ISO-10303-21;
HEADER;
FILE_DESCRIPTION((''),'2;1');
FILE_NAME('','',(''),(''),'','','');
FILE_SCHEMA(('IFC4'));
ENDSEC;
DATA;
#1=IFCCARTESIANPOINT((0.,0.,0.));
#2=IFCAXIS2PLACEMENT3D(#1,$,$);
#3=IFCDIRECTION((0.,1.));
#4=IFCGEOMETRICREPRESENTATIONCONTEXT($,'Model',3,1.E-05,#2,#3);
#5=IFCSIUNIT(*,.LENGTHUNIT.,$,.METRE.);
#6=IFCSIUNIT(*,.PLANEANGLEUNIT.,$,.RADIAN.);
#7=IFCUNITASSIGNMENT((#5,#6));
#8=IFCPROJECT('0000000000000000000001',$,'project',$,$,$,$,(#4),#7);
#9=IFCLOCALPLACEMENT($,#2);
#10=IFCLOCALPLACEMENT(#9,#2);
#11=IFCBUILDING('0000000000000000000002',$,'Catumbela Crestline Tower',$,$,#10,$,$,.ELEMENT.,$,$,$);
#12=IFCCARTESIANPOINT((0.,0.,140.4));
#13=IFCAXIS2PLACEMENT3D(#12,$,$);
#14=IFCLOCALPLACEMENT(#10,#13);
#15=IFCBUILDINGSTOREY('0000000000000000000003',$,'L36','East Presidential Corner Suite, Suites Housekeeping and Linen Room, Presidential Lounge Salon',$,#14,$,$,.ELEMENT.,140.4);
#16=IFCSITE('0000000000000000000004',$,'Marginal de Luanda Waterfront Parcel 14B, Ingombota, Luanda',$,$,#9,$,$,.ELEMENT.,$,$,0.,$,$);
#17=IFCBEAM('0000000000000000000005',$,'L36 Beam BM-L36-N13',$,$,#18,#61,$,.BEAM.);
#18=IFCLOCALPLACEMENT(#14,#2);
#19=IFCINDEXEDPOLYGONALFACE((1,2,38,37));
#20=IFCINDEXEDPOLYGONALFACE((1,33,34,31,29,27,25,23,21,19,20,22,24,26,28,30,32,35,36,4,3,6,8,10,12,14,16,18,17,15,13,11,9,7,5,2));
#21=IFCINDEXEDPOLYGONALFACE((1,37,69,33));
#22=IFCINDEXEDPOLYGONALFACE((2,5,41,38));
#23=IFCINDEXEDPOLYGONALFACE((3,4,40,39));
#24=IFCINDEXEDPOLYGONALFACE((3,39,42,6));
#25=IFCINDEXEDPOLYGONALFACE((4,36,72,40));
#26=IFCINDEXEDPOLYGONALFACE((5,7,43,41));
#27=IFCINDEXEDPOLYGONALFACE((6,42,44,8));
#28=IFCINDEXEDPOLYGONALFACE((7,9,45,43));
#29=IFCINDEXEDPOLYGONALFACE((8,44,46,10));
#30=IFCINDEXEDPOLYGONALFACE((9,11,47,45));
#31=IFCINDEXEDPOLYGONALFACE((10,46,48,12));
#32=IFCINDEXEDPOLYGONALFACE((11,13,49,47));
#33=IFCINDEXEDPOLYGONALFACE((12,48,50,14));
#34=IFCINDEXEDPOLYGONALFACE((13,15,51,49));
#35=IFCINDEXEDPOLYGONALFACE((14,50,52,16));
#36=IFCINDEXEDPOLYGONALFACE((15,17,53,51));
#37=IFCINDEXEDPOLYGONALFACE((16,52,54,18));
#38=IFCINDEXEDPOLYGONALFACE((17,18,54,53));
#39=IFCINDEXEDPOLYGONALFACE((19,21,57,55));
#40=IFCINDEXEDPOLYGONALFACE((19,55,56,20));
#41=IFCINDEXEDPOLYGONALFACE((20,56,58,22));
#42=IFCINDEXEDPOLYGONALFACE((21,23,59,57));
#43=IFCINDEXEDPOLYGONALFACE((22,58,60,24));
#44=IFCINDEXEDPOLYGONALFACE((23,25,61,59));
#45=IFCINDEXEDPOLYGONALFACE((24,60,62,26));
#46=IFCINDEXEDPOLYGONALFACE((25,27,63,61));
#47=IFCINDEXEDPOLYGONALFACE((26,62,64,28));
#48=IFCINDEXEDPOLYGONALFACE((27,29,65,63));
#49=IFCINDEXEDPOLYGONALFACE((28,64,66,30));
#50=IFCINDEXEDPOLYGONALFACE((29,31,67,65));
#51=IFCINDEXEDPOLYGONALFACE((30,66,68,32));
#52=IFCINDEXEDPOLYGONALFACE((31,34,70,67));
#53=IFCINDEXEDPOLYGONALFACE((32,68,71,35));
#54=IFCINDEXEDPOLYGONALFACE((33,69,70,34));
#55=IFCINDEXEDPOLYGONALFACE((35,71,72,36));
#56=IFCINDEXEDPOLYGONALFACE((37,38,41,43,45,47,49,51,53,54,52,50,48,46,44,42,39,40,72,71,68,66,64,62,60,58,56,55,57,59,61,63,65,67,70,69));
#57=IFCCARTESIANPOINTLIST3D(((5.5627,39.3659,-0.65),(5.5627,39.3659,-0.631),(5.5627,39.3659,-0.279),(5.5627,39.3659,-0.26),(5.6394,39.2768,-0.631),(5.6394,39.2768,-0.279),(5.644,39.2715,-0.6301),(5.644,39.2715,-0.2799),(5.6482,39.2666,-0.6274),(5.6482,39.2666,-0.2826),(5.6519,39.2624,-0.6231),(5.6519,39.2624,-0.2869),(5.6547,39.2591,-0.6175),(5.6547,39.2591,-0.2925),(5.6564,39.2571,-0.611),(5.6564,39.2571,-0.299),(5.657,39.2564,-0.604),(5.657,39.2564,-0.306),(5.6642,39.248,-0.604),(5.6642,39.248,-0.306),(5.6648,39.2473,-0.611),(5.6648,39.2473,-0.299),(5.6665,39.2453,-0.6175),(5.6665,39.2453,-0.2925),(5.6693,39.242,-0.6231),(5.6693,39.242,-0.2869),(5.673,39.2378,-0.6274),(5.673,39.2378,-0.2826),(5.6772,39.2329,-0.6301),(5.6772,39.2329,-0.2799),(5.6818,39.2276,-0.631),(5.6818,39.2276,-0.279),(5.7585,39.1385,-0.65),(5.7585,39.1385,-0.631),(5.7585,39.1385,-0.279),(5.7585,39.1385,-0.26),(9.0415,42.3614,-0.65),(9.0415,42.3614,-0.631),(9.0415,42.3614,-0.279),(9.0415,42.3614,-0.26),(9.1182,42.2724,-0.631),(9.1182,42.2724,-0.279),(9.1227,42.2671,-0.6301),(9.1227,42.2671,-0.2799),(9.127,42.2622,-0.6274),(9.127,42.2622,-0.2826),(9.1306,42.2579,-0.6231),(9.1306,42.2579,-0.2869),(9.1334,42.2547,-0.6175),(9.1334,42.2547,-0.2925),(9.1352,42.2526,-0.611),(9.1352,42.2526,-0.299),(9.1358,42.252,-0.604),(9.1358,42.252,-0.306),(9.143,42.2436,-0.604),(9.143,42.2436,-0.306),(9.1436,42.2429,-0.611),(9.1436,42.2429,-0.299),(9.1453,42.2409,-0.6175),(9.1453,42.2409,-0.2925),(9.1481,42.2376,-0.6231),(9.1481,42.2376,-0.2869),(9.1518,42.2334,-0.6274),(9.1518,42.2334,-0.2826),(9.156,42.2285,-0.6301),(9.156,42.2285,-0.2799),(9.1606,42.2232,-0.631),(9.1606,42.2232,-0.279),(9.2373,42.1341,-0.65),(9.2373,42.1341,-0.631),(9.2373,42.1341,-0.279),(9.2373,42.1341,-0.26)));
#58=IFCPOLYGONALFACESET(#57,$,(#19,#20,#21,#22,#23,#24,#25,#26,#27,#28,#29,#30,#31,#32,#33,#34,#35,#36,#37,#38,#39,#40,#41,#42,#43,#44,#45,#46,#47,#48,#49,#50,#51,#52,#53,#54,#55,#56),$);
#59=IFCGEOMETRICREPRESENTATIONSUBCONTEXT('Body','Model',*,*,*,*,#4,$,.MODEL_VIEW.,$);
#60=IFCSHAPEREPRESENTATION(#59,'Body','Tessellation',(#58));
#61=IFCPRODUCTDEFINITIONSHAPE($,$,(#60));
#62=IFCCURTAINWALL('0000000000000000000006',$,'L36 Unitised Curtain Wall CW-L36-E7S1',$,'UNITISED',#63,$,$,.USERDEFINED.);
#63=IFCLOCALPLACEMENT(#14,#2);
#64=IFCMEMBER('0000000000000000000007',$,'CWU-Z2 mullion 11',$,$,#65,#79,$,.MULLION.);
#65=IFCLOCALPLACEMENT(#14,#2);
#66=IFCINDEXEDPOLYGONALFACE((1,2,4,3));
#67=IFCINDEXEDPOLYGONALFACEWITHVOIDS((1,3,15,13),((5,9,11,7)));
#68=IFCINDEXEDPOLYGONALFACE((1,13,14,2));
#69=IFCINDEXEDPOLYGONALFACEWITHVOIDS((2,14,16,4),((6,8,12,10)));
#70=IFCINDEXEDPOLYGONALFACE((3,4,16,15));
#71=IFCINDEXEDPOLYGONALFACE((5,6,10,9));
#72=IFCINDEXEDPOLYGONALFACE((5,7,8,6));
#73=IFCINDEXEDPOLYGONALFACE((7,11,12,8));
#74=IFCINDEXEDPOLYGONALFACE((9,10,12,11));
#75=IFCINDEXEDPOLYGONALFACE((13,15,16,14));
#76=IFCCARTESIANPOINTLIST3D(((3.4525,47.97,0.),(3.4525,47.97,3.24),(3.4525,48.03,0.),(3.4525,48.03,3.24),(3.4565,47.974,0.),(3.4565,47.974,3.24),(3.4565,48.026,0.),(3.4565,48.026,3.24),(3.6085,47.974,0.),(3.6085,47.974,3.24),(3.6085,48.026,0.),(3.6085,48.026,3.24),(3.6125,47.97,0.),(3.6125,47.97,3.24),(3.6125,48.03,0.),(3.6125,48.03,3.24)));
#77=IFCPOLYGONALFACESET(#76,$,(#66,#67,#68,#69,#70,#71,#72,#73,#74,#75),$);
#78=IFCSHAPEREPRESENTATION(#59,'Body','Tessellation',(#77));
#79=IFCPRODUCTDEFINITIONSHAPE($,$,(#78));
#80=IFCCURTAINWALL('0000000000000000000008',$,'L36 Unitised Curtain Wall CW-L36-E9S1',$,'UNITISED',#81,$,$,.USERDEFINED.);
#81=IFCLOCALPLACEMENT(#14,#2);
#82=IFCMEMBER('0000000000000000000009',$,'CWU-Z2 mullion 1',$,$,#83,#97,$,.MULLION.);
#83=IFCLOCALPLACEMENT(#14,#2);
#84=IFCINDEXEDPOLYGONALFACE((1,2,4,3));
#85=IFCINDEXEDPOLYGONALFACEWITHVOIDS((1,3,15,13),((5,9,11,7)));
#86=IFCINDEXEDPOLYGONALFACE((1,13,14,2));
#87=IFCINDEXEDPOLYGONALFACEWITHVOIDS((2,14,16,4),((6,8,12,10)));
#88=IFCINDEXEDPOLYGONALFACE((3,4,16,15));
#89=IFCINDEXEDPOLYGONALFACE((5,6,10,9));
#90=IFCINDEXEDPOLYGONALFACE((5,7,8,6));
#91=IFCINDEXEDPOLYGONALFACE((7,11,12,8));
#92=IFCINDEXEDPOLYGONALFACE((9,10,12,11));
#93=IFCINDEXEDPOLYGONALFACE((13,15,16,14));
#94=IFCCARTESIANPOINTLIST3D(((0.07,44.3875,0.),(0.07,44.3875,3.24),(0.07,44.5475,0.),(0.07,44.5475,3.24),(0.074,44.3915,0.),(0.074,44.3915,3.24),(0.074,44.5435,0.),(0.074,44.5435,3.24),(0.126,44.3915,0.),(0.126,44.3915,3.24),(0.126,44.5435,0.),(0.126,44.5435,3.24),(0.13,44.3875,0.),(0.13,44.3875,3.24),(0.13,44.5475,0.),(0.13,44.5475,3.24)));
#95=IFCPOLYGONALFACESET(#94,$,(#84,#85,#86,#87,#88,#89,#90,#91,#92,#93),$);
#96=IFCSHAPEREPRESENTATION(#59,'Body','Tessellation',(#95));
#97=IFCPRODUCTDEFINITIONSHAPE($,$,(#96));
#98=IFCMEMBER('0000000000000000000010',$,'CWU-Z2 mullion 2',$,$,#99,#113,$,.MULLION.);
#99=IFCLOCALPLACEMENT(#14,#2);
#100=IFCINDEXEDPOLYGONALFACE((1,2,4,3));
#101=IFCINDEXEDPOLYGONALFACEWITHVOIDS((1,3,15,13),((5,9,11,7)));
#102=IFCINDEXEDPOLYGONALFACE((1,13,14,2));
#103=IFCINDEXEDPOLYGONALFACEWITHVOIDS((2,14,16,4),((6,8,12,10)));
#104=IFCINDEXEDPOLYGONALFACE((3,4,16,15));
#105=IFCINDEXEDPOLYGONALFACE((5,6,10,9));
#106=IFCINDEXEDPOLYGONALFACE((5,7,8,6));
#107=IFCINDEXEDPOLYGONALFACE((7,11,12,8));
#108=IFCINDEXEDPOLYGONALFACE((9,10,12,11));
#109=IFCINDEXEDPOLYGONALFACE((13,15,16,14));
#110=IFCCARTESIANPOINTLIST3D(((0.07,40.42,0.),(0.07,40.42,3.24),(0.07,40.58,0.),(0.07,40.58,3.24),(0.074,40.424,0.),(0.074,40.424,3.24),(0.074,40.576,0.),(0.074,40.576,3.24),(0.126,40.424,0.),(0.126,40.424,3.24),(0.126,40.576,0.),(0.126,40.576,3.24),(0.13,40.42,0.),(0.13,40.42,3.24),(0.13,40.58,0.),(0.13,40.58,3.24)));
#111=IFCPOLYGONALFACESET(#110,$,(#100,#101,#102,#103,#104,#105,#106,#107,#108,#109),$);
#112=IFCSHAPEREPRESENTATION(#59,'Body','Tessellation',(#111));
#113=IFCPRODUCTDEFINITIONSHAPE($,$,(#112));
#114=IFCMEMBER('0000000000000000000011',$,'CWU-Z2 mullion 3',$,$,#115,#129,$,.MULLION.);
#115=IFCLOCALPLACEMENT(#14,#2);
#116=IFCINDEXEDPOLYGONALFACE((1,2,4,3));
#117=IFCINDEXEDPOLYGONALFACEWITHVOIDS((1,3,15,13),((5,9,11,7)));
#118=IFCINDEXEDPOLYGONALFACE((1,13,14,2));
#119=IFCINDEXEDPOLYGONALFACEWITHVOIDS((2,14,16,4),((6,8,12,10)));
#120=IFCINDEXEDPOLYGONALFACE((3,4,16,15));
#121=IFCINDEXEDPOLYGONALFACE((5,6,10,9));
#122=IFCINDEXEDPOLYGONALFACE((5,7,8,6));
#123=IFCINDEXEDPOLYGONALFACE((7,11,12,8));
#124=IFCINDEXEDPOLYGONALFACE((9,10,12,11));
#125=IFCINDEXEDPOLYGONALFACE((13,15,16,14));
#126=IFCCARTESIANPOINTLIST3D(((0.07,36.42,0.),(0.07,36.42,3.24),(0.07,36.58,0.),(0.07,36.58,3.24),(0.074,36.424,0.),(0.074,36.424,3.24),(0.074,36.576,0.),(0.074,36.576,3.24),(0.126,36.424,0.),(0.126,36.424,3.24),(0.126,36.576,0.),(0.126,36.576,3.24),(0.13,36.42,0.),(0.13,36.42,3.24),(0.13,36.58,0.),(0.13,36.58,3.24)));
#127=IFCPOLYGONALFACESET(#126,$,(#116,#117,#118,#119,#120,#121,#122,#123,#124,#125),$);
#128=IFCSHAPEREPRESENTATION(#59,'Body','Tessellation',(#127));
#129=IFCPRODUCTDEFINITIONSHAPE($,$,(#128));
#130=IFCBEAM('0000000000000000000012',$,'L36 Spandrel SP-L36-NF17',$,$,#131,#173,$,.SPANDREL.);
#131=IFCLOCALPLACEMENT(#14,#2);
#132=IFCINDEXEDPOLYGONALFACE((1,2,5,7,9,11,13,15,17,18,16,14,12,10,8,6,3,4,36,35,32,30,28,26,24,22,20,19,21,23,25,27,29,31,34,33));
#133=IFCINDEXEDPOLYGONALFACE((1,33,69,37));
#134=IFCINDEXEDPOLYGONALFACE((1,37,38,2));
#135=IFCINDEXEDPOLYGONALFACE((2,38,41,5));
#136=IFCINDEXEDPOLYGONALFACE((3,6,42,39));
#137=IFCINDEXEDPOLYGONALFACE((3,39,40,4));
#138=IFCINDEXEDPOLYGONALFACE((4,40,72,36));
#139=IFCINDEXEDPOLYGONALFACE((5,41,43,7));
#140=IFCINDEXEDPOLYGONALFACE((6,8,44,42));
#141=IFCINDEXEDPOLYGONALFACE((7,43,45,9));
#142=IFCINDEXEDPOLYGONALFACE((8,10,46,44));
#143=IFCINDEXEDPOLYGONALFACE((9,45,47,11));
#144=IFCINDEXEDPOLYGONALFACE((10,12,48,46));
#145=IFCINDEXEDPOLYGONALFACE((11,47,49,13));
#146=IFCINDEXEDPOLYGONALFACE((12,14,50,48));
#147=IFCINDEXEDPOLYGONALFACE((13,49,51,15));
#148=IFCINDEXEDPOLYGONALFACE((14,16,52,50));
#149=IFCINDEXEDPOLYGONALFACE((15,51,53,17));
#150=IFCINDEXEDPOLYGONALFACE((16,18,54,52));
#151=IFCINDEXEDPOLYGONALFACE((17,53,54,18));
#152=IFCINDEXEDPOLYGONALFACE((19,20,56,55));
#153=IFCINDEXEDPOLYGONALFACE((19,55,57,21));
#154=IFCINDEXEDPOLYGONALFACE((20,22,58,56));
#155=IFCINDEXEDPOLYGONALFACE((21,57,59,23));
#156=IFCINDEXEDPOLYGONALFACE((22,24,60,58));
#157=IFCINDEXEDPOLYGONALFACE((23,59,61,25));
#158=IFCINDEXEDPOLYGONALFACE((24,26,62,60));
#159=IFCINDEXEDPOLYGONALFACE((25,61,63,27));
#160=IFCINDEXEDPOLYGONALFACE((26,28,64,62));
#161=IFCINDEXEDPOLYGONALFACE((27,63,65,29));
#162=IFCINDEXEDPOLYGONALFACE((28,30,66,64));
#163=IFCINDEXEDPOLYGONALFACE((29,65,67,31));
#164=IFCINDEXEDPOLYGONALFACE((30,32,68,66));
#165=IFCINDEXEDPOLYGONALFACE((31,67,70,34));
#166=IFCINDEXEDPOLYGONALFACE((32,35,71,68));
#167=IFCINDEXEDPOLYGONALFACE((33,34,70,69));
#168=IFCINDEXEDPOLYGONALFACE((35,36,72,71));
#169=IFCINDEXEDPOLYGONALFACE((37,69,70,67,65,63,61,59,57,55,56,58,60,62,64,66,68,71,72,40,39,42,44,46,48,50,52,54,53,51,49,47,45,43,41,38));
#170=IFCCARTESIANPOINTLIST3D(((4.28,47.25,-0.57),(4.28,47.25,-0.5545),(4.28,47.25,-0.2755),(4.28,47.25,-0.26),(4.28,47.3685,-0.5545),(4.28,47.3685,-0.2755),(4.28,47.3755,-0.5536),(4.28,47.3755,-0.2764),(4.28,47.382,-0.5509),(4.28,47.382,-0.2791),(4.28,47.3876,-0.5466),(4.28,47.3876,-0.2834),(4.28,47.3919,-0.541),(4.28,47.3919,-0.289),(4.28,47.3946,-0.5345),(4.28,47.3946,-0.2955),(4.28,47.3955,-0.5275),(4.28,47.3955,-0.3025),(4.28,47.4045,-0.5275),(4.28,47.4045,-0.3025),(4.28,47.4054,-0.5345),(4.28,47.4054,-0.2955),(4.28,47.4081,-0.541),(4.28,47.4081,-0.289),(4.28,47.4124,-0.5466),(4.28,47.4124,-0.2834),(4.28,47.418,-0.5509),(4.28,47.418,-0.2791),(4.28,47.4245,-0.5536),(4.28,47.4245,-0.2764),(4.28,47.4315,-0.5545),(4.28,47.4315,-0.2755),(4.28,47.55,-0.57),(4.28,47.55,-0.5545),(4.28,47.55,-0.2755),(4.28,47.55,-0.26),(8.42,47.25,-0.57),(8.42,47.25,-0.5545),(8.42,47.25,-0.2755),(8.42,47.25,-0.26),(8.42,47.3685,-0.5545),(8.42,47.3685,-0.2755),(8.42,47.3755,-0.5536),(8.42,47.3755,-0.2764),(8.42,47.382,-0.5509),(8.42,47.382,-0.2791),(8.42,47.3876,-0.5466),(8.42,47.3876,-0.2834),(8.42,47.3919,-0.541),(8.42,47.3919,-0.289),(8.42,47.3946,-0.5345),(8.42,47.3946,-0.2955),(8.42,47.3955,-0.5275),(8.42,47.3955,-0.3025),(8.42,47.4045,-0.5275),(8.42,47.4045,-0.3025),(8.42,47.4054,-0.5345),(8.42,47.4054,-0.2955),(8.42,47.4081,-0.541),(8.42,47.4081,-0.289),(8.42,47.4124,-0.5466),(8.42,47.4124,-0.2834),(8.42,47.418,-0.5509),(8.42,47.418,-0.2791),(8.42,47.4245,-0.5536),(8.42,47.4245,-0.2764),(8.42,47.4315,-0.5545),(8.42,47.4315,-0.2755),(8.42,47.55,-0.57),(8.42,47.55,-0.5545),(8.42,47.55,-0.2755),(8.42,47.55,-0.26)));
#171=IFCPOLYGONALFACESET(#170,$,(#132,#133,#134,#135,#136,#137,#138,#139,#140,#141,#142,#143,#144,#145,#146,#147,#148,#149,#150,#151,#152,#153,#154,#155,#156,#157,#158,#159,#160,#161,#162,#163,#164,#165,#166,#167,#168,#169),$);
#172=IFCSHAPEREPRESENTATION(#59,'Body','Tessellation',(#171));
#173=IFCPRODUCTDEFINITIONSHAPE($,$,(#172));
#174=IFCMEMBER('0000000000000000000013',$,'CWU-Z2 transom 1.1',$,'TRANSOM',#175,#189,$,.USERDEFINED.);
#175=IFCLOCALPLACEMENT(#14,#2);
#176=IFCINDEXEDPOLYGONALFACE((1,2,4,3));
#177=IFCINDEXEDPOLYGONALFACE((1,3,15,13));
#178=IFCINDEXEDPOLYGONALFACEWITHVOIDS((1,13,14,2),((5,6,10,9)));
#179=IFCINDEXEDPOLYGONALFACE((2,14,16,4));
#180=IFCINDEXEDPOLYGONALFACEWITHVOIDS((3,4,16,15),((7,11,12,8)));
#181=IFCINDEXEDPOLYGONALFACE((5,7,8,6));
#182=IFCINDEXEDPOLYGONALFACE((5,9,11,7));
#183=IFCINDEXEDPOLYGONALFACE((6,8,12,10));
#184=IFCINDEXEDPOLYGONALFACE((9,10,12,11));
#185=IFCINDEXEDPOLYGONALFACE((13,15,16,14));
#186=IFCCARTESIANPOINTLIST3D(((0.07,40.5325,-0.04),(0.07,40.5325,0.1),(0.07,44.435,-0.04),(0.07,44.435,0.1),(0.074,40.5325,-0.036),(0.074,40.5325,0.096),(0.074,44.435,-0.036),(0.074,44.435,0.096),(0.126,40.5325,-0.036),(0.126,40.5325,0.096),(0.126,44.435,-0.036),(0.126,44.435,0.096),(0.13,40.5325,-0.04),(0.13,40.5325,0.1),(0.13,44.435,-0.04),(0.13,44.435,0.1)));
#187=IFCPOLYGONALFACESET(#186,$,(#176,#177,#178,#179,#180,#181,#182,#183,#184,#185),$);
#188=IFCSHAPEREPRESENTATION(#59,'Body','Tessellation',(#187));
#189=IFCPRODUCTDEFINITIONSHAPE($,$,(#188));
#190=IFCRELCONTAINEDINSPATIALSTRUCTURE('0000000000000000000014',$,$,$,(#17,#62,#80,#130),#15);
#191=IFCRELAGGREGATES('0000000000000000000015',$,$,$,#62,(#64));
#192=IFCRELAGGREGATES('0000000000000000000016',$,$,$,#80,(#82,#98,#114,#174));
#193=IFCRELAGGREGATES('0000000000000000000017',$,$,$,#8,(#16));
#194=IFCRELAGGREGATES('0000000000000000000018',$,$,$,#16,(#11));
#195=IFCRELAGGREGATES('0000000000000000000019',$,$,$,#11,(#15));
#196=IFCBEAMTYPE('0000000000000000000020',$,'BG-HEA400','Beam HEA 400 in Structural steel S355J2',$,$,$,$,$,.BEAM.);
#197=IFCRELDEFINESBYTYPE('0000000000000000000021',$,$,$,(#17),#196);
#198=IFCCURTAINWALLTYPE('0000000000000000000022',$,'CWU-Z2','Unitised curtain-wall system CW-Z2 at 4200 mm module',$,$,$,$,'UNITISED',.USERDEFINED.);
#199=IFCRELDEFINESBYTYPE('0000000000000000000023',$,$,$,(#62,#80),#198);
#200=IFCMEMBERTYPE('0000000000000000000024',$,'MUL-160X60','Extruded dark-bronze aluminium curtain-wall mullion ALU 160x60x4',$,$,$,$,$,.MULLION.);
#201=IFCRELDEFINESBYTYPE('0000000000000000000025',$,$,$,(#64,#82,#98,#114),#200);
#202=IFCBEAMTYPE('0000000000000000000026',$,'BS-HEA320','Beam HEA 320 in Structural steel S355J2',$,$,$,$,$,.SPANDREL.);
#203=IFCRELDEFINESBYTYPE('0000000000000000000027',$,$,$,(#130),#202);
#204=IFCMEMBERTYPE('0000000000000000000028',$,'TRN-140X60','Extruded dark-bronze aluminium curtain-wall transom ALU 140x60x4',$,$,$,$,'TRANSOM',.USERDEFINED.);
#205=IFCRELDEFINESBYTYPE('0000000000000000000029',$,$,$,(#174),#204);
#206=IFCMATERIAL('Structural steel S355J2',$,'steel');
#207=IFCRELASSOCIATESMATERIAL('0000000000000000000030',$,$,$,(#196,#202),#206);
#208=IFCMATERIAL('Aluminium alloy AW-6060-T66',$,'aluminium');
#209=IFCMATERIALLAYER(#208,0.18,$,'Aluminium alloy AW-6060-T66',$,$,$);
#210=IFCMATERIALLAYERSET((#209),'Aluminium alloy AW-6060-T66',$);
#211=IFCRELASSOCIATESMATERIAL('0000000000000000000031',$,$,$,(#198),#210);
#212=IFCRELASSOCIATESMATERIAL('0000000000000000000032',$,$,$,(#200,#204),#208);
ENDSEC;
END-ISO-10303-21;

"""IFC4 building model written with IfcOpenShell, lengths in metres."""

from ifc_helpers import new_model, si_unit, direction, frame, origin, origin_2d, place, context, subcontext, project, spatial, hollow_rectangle, i_section, extrude, material, layer, layer_set, material_profile, profile_set, type_object, element, aggregate, save


model = new_model("IFC4")

# Units and contexts
model_context = context("Model", 3, precision=1e-05, world=origin(), true_north=direction((0.0, 1.0)))
body_context = subcontext(model_context, "Body", "Model", "MODEL_VIEW")
ifc_project = project(units=[si_unit("LENGTHUNIT", "METRE"), si_unit("PLANEANGLEUNIT", "RADIAN")], contexts=[model_context])

# Site, building, storey
site_placement = place(None, origin())
site = spatial("IfcSite", under=ifc_project, at=site_placement, Name="Marginal de Luanda Waterfront Parcel 14B, Ingombota, Luanda", CompositionType="ELEMENT", RefElevation=0.0)
building_placement = place(site_placement, origin())
building = spatial("IfcBuilding", under=site, at=building_placement, Name="Catumbela Crestline Tower", CompositionType="ELEMENT")
storey_placement = place(building_placement, frame((0.0, 0.0, 140.4)))
storey = spatial("IfcBuildingStorey", under=building, at=storey_placement, Name="L36", Description="East Presidential Corner Suite, Suites Housekeeping and Linen Room, Presidential Lounge Salon", CompositionType="ELEMENT", Elevation=140.4)

# Beam
ifc_material_1 = material(Name="Structural steel S355J2", Category="steel")
ifc_material_profile_1 = material_profile(ifc_material_1, i_section(OverallWidth=0.3, OverallDepth=0.39, WebThickness=0.011, FlangeThickness=0.019, FilletRadius=0.027, at=origin_2d()), Name="HEA 400")
ifc_profile_set_1 = profile_set([ifc_material_profile_1], Name="Structural steel S355J2")
beam_type_1 = type_object("IfcBeamType", Name="BG-HEA400", Description="Beam HEA 400 in Structural steel S355J2", PredefinedType="BEAM", material=ifc_profile_set_1)
beam_1_placement = place(storey_placement, frame((5.6606, 39.2522, -0.455), z_axis=(0.757772, 0.652519, 0.0), x_axis=(-0.652519, 0.757772, 0.0)))
element("IfcBeam", 1, at=beam_1_placement, inside=storey, type_object=beam_type_1, Name="L36 Beam BM-L36-N13", PredefinedType="BEAM", context=body_context, shape_type="SweptSolid", body=[
    extrude(i_section(OverallWidth=0.3, OverallDepth=0.39, WebThickness=0.011, FlangeThickness=0.019, FilletRadius=0.027, at=origin_2d()), origin(), (0.0, 0.0, 1.0), 4.5908),
])

# Curtain wall, member
ifc_material_2 = material(Name="Aluminium alloy AW-6060-T66", Category="aluminium")
ifc_layer_1 = layer(ifc_material_2, 0.18, Name="Aluminium alloy AW-6060-T66")
ifc_layer_set_1 = layer_set([ifc_layer_1], Name="Aluminium alloy AW-6060-T66")
curtain_wall_type = type_object("IfcCurtainWallType", Name="CWU-Z2", Description="Unitised curtain-wall system CW-Z2 at 4200 mm module", ElementType="UNITISED", PredefinedType="USERDEFINED", material=ifc_layer_set_1)
curtain_wall_1_placement = place(storey_placement, origin())
curtain_wall_1 = element("IfcCurtainWall", 2, at=curtain_wall_1_placement, inside=storey, type_object=curtain_wall_type, Name="L36 Unitised Curtain Wall CW-L36-E7S1", ObjectType="UNITISED", PredefinedType="USERDEFINED")
ifc_material_profile_2 = material_profile(ifc_material_2, hollow_rectangle(XDim=0.06, YDim=0.16, WallThickness=0.004, at=origin_2d()), Name="ALU 160x60x4")
ifc_profile_set_2 = profile_set([ifc_material_profile_2], Name="Aluminium alloy AW-6060-T66")
member_type_1 = type_object("IfcMemberType", Name="MUL-160X60", Description="Extruded dark-bronze aluminium curtain-wall mullion ALU 160x60x4", PredefinedType="MULLION", material=ifc_profile_set_2)
member_1_placement = place(storey_placement, frame((3.5325, 48.0, 0.0), z_axis=(0.0, 0.0, 1.0), x_axis=(0.0, -1.0, 0.0)))
member_1 = element("IfcMember", 3, at=member_1_placement, type_object=member_type_1, Name="CWU-Z2 mullion 11", PredefinedType="MULLION", context=body_context, shape_type="SweptSolid", body=[
    extrude(hollow_rectangle(XDim=0.06, YDim=0.16, WallThickness=0.004, at=origin_2d()), origin(), (0.0, 0.0, 1.0), 3.24),
])

# Curtain wall, members
curtain_wall_2_placement = place(storey_placement, origin())
curtain_wall_2 = element("IfcCurtainWall", 4, at=curtain_wall_2_placement, inside=storey, type_object=curtain_wall_type, Name="L36 Unitised Curtain Wall CW-L36-E9S1", ObjectType="UNITISED", PredefinedType="USERDEFINED")
member_2_placement = place(storey_placement, frame((0.1, 44.4675, 0.0), z_axis=(0.0, 0.0, 1.0), x_axis=(1.0, 0.0, 0.0)))
member_2 = element("IfcMember", 5, at=member_2_placement, type_object=member_type_1, Name="CWU-Z2 mullion 1", PredefinedType="MULLION", context=body_context, shape_type="SweptSolid", body=[
    extrude(hollow_rectangle(XDim=0.06, YDim=0.16, WallThickness=0.004, at=origin_2d()), origin(), (0.0, 0.0, 1.0), 3.24),
])
member_3_placement = place(storey_placement, frame((0.1, 40.5, 0.0), z_axis=(0.0, 0.0, 1.0), x_axis=(1.0, 0.0, 0.0)))
member_3 = element("IfcMember", 6, at=member_3_placement, type_object=member_type_1, Name="CWU-Z2 mullion 2", PredefinedType="MULLION", context=body_context, shape_type="SweptSolid", body=[
    extrude(hollow_rectangle(XDim=0.06, YDim=0.16, WallThickness=0.004, at=origin_2d()), origin(), (0.0, 0.0, 1.0), 3.24),
])
member_4_placement = place(storey_placement, frame((0.1, 36.5, 0.0), z_axis=(0.0, 0.0, 1.0), x_axis=(1.0, 0.0, 0.0)))
member_4 = element("IfcMember", 7, at=member_4_placement, type_object=member_type_1, Name="CWU-Z2 mullion 3", PredefinedType="MULLION", context=body_context, shape_type="SweptSolid", body=[
    extrude(hollow_rectangle(XDim=0.06, YDim=0.16, WallThickness=0.004, at=origin_2d()), origin(), (0.0, 0.0, 1.0), 3.24),
])

# Beam
ifc_material_profile_3 = material_profile(ifc_material_1, i_section(OverallWidth=0.3, OverallDepth=0.31, WebThickness=0.009, FlangeThickness=0.0155, FilletRadius=0.027, at=origin_2d()), Name="HEA 320")
ifc_profile_set_3 = profile_set([ifc_material_profile_3], Name="Structural steel S355J2")
beam_type_2 = type_object("IfcBeamType", Name="BS-HEA320", Description="Beam HEA 320 in Structural steel S355J2", PredefinedType="SPANDREL", material=ifc_profile_set_3)
beam_2_placement = place(storey_placement, frame((4.28, 47.4, -0.415), z_axis=(1.0, 0.0, 0.0), x_axis=(0.0, 1.0, 0.0)))
element("IfcBeam", 8, at=beam_2_placement, inside=storey, type_object=beam_type_2, Name="L36 Spandrel SP-L36-NF17", PredefinedType="SPANDREL", context=body_context, shape_type="SweptSolid", body=[
    extrude(i_section(OverallWidth=0.3, OverallDepth=0.31, WebThickness=0.009, FlangeThickness=0.0155, FilletRadius=0.027, at=origin_2d()), origin(), (0.0, 0.0, 1.0), 4.14),
])

# Member
ifc_material_profile_4 = material_profile(ifc_material_2, hollow_rectangle(XDim=0.06, YDim=0.14, WallThickness=0.004, at=origin_2d()), Name="ALU 140x60x4")
ifc_profile_set_4 = profile_set([ifc_material_profile_4], Name="Aluminium alloy AW-6060-T66")
member_type_2 = type_object("IfcMemberType", Name="TRN-140X60", Description="Extruded dark-bronze aluminium curtain-wall transom ALU 140x60x4", ElementType="TRANSOM", PredefinedType="USERDEFINED", material=ifc_profile_set_4)
member_5_placement = place(storey_placement, frame((0.1, 44.435, 0.03), z_axis=(0.0, -1.0, 0.0), x_axis=(1.0, 0.0, 0.0)))
member_5 = element("IfcMember", 9, at=member_5_placement, type_object=member_type_2, Name="CWU-Z2 transom 1.1", ObjectType="TRANSOM", PredefinedType="USERDEFINED", context=body_context, shape_type="SweptSolid", body=[
    extrude(hollow_rectangle(XDim=0.06, YDim=0.14, WallThickness=0.004, at=origin_2d()), origin(), (0.0, 0.0, 1.0), 3.9025),
])

aggregate(curtain_wall_1, [member_1])
aggregate(curtain_wall_2, [member_2, member_3, member_4, member_5])

save(model, "model.ifc")
